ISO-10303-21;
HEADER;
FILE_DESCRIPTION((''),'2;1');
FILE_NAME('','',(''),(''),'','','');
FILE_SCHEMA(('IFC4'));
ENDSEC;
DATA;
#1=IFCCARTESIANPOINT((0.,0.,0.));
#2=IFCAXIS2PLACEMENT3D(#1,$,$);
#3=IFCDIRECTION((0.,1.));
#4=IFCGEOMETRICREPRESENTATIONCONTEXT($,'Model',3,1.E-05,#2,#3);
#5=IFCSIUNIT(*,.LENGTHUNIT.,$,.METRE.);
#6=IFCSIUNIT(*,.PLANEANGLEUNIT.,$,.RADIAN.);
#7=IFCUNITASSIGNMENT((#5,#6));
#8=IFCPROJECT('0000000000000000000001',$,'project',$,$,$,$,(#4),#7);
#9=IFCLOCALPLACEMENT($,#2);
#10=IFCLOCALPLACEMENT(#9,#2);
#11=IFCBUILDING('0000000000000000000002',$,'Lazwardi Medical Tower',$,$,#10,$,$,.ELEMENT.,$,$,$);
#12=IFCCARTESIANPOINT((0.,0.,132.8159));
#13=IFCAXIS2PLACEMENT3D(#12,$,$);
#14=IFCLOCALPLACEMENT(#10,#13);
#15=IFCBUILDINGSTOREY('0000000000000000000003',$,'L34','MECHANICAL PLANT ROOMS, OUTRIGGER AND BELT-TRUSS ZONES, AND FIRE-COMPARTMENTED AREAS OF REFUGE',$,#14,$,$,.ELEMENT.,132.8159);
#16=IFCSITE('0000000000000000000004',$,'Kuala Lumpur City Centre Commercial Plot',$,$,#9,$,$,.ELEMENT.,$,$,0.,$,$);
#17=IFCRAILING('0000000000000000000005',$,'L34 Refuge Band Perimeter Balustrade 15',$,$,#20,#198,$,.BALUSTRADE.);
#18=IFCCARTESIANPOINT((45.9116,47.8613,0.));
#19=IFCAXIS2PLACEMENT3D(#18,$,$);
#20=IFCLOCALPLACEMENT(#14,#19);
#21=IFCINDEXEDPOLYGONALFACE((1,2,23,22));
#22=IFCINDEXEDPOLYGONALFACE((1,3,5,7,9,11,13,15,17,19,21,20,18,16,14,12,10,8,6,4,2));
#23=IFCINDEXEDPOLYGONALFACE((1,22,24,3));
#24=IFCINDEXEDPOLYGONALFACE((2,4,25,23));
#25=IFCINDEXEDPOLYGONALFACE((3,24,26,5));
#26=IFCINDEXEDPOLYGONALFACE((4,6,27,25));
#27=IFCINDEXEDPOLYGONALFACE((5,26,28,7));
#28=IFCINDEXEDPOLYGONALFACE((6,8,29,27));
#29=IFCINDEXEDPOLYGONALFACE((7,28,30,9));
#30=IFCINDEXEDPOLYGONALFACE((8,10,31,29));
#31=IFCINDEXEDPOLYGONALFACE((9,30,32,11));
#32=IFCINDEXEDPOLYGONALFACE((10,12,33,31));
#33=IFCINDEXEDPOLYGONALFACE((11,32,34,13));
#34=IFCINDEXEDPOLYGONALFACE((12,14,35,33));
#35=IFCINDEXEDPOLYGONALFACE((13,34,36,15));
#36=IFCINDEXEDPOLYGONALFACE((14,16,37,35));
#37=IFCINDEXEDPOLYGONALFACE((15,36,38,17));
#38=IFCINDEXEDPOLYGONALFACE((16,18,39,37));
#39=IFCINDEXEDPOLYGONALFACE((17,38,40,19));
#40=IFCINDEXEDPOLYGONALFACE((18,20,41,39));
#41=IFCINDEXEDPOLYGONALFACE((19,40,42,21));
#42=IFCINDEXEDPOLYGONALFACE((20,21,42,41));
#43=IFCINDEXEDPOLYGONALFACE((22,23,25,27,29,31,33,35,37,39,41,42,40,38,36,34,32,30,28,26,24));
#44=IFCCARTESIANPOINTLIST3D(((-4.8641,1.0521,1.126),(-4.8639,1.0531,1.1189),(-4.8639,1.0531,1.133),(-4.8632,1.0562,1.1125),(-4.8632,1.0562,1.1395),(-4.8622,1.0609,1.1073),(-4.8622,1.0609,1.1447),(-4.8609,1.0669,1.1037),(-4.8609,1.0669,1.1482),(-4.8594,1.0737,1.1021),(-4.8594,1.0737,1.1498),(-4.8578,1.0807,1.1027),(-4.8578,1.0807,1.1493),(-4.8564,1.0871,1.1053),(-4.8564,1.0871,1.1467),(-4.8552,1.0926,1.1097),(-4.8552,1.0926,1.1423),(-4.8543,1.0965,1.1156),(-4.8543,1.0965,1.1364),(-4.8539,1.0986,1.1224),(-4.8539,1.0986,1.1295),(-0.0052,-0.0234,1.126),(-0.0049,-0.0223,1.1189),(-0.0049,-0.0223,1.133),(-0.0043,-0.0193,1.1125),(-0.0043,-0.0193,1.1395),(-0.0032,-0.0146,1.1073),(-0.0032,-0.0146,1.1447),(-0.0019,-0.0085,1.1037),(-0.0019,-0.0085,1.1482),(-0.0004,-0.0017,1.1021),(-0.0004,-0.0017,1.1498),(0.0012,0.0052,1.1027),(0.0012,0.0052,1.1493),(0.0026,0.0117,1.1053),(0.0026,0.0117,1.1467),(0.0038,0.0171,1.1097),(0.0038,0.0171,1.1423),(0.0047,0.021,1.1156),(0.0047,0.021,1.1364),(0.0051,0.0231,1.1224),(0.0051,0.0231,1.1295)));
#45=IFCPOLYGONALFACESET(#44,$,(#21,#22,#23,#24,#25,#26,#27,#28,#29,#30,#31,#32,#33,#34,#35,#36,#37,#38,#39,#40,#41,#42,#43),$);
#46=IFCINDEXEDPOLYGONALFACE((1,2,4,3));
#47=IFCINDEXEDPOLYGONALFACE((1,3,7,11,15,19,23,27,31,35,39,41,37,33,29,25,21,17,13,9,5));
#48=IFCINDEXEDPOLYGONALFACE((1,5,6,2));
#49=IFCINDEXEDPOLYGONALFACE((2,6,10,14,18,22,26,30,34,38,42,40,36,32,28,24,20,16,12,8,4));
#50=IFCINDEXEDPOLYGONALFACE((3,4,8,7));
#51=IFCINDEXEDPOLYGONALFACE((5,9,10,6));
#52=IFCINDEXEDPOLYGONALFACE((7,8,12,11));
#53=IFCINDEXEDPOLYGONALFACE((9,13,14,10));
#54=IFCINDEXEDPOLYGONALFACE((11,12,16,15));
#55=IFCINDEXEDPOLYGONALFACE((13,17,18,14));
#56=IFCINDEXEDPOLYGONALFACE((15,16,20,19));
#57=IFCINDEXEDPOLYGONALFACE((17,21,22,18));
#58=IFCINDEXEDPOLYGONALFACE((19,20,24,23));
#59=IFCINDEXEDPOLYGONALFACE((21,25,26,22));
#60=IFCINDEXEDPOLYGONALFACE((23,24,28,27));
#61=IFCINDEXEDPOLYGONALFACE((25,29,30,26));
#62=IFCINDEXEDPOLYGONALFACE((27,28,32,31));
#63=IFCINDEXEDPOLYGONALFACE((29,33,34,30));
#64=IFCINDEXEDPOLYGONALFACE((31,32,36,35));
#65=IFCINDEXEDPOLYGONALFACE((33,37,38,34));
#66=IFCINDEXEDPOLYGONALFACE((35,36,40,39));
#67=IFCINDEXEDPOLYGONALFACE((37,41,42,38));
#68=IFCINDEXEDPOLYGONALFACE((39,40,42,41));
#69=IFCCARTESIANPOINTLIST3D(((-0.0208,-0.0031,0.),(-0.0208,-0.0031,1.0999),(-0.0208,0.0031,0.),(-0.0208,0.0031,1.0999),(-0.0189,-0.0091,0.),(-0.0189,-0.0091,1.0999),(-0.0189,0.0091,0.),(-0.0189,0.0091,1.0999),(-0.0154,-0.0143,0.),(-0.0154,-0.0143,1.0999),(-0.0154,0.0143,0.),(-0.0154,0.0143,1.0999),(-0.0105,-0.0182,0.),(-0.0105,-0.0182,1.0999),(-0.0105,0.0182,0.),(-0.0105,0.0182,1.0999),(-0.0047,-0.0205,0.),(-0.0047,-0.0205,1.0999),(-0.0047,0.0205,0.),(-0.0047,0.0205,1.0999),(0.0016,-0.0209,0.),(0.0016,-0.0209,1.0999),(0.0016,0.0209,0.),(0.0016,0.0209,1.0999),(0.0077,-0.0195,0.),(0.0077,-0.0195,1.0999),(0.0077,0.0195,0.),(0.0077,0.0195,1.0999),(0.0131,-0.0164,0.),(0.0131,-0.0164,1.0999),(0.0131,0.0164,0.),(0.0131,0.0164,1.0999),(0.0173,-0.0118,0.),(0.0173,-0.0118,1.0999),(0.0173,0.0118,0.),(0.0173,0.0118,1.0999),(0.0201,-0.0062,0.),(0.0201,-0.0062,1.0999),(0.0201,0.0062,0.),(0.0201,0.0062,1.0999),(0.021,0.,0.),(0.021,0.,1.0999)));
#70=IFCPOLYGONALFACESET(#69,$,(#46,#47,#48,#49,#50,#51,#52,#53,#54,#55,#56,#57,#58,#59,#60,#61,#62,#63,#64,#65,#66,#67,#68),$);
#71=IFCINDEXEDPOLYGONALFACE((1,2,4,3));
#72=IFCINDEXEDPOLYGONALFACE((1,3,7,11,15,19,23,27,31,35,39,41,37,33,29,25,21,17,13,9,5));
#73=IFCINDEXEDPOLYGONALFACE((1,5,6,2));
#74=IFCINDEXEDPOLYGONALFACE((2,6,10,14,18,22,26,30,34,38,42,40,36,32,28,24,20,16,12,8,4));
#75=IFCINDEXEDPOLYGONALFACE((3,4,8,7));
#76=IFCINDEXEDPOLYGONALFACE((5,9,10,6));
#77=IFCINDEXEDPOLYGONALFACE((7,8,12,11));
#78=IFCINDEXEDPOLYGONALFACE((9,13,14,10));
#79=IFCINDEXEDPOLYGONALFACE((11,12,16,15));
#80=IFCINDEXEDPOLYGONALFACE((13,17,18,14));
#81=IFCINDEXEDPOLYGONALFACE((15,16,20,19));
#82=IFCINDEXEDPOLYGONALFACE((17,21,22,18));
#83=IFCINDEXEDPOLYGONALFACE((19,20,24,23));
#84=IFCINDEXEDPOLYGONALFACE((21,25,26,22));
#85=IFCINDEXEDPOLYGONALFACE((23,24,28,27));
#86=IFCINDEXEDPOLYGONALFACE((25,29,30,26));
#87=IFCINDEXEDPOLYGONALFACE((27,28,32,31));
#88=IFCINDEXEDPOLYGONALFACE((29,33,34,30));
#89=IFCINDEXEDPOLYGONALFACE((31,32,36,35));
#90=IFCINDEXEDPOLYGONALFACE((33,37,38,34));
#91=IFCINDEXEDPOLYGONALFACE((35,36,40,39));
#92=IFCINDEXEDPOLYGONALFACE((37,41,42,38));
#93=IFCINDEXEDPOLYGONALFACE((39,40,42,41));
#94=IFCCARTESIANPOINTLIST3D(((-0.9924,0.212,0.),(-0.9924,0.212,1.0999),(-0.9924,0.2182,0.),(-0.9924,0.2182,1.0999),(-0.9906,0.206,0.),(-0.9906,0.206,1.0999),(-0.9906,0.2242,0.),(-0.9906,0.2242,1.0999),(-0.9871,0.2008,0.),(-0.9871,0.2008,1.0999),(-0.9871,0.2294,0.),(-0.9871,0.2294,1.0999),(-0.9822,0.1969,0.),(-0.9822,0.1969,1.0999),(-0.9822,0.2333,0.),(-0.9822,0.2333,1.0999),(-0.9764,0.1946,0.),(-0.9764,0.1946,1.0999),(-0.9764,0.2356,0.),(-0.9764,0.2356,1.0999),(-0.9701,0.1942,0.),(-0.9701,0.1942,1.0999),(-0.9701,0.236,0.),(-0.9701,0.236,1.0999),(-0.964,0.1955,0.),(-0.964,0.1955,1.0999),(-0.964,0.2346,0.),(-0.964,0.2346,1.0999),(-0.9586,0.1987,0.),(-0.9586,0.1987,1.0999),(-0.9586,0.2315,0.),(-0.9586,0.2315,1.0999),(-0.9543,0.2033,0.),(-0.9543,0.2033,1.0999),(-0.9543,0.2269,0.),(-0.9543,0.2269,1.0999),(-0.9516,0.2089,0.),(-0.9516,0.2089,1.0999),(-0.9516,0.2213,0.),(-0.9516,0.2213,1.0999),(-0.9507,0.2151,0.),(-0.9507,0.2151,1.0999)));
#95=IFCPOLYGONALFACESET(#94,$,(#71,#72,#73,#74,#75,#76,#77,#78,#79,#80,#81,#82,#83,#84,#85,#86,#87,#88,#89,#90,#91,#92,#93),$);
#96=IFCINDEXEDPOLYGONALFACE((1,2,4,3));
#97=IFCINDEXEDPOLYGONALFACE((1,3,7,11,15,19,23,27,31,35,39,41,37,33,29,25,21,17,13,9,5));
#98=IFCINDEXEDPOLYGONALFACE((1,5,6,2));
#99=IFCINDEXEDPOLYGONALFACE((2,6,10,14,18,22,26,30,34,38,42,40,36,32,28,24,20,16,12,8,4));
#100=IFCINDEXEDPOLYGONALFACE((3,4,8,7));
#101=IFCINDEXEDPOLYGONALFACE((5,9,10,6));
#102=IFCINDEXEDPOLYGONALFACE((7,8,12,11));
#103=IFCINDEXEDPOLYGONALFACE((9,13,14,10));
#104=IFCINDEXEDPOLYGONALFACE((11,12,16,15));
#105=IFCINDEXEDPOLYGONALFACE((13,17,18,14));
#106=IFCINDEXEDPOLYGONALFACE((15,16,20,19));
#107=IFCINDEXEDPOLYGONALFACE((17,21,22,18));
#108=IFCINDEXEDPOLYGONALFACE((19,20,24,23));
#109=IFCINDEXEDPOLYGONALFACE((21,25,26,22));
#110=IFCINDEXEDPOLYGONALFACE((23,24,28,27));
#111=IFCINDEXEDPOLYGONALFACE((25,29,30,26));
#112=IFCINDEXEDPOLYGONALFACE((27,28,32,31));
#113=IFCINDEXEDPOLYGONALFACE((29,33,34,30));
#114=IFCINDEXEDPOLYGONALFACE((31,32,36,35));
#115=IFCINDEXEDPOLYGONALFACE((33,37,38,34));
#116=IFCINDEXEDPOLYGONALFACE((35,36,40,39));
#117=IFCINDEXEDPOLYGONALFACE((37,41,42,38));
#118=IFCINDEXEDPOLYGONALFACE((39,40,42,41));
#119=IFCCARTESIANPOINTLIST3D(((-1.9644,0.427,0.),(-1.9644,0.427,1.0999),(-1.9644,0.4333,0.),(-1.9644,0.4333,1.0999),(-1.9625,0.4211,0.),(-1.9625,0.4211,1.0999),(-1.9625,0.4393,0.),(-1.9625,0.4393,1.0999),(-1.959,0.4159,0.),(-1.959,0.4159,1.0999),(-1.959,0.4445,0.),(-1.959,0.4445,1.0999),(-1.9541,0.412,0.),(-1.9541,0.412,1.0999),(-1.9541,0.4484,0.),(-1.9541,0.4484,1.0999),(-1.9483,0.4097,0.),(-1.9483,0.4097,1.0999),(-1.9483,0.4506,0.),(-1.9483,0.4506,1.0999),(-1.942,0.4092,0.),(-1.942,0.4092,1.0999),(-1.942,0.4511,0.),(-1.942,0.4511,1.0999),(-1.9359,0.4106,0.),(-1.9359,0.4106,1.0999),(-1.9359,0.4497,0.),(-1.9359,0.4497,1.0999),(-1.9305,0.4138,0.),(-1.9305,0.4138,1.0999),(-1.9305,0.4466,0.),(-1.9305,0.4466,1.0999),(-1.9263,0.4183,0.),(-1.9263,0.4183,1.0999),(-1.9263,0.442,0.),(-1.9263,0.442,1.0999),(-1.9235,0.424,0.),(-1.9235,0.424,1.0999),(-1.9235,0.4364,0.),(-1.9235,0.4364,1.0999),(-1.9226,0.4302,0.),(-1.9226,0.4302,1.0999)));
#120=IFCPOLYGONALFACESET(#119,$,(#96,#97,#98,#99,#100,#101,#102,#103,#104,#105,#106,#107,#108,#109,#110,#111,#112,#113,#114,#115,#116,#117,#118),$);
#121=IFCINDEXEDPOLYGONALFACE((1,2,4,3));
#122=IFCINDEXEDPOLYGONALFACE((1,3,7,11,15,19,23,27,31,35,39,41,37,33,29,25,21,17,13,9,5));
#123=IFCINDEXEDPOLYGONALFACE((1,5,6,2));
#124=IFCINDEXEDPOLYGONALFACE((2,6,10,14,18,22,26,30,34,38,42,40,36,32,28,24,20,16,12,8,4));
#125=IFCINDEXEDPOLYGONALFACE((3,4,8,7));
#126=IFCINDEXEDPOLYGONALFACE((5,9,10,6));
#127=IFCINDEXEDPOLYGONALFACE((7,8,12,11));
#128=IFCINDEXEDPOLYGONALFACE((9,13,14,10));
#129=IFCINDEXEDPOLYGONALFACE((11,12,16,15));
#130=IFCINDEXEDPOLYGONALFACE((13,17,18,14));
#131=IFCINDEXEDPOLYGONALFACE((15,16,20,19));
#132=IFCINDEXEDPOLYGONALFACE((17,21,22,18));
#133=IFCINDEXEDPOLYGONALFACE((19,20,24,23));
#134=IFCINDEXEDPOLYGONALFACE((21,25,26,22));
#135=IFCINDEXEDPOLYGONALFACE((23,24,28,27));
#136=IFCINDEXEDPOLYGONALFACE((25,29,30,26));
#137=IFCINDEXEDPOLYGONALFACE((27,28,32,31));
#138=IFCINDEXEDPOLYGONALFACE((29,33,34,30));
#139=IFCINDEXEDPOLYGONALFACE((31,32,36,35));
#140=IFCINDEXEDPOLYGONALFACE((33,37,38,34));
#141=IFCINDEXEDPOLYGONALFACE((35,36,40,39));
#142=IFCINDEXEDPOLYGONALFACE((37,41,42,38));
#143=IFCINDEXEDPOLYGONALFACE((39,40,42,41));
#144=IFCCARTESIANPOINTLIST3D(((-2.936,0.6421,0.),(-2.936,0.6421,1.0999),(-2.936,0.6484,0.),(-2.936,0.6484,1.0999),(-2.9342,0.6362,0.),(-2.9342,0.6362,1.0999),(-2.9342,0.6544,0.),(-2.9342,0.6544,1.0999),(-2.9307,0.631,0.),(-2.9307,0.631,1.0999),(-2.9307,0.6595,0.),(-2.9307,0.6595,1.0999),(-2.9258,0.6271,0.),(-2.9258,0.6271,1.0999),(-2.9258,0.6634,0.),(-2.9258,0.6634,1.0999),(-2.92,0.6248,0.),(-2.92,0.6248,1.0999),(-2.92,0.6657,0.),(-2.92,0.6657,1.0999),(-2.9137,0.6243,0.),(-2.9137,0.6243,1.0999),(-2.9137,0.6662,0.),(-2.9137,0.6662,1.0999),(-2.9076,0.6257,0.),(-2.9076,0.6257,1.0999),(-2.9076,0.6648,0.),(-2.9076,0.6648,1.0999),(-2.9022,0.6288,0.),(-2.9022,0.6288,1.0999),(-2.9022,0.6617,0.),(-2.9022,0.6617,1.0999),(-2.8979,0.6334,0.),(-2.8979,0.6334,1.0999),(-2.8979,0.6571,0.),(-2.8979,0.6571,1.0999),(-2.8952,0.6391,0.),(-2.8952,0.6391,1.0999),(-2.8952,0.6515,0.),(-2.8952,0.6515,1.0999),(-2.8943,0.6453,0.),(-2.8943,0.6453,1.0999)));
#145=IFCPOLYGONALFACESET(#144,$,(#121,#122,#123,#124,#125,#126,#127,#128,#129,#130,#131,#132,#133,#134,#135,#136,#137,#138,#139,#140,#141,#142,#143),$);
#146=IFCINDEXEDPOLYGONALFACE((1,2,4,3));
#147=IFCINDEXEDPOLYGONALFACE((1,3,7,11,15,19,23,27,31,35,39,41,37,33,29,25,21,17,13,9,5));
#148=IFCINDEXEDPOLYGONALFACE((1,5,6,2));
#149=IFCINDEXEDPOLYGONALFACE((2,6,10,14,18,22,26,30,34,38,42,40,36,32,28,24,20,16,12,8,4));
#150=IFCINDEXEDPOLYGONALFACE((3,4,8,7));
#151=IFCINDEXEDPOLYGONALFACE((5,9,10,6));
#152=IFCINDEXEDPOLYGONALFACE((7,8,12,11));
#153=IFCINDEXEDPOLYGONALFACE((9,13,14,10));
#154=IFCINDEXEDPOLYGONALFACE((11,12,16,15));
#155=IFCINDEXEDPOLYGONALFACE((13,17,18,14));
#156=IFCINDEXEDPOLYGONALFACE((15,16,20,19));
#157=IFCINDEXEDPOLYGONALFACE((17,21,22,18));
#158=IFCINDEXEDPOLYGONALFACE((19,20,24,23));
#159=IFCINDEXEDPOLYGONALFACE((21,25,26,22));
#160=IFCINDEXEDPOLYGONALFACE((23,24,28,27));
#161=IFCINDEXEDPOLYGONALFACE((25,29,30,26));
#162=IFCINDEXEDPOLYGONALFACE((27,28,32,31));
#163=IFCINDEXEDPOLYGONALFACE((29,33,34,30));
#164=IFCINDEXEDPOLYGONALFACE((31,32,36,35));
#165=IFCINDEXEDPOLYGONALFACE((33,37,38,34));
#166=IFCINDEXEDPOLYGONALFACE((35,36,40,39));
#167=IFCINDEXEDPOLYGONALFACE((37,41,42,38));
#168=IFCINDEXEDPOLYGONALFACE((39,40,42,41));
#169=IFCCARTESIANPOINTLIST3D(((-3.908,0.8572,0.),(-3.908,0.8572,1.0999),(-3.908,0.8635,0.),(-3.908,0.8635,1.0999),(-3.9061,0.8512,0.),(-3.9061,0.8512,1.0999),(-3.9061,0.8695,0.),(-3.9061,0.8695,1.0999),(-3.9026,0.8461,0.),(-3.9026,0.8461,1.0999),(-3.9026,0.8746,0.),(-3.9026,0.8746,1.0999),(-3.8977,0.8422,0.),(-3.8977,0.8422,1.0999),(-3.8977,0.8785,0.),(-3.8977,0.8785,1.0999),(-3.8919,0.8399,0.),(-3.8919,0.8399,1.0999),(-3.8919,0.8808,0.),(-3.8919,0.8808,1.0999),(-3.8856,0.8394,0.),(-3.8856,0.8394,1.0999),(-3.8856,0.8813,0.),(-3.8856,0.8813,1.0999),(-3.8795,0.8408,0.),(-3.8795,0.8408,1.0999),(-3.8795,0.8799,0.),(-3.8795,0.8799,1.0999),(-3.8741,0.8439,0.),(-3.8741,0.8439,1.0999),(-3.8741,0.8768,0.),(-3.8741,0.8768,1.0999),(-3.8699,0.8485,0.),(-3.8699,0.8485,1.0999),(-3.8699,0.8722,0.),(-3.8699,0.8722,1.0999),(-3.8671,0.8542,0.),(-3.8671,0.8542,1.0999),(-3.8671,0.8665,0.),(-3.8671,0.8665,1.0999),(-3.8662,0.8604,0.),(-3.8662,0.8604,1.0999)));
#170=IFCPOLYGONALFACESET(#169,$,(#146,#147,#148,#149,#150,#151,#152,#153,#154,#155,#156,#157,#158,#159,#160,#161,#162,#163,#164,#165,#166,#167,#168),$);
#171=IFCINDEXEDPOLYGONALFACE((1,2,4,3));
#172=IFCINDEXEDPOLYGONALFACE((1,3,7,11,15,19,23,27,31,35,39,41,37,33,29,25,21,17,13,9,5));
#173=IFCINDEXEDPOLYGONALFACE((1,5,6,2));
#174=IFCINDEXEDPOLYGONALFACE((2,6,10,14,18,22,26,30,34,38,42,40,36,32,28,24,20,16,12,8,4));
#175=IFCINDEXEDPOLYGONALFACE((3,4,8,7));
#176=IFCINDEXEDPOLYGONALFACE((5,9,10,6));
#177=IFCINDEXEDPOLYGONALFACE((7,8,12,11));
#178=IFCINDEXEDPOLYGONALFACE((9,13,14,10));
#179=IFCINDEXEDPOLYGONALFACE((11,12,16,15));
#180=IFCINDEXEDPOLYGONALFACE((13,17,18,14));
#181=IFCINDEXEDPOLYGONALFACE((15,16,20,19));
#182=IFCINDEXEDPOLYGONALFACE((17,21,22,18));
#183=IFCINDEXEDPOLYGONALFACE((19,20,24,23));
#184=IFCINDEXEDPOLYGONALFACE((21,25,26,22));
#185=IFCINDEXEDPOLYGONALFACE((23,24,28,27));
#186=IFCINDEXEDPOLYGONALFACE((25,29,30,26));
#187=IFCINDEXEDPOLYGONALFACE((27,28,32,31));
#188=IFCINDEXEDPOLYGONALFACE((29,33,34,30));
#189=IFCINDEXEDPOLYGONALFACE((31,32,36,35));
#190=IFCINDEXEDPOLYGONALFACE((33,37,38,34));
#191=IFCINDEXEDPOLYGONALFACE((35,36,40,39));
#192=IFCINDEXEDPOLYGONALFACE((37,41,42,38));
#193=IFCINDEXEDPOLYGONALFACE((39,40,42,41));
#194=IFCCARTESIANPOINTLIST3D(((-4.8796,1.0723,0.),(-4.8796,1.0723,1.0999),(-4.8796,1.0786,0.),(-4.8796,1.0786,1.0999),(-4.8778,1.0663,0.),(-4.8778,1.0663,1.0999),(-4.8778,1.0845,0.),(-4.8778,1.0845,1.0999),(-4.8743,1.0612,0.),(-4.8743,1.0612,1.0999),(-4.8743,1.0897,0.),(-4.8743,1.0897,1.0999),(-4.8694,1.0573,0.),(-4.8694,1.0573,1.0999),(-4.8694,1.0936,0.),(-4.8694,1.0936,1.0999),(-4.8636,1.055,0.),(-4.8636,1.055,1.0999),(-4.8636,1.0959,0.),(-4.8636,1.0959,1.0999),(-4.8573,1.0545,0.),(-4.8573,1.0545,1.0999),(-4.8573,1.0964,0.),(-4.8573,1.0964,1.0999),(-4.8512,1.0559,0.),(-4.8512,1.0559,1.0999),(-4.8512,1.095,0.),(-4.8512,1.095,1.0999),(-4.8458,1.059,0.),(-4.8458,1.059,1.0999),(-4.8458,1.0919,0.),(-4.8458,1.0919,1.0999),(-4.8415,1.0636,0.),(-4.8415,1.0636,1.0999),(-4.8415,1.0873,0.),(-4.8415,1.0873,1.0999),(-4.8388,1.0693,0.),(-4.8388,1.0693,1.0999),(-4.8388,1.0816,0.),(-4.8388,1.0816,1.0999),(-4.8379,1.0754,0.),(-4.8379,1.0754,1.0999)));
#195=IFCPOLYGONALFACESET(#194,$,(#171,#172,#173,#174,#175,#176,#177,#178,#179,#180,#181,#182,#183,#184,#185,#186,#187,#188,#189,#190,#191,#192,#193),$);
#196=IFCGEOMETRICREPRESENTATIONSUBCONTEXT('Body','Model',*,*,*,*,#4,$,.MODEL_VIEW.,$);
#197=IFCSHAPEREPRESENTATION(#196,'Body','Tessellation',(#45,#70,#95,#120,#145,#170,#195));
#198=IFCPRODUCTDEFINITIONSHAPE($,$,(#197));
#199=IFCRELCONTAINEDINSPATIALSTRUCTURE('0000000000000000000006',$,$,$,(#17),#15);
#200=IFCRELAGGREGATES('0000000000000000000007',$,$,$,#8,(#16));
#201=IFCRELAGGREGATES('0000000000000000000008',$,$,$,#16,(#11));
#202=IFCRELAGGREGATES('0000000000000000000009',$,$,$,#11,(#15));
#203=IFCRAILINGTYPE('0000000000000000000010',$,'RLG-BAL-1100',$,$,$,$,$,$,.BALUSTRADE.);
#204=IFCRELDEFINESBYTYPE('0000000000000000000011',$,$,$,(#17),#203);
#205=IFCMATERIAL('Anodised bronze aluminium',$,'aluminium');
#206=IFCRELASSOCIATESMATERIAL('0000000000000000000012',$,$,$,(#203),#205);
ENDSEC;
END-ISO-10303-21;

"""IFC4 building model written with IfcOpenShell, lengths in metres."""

from ifc_helpers import new_model, si_unit, direction, frame, origin, origin_2d, place, context, subcontext, project, spatial, circle, extrude, material, type_object, element, save


model = new_model("IFC4")

# Units and contexts
model_context = context("Model", 3, precision=1e-05, world=origin(), true_north=direction((0.0, 1.0)))
body_context = subcontext(model_context, "Body", "Model", "MODEL_VIEW")
ifc_project = project(units=[si_unit("LENGTHUNIT", "METRE"), si_unit("PLANEANGLEUNIT", "RADIAN")], contexts=[model_context])

# Site, building, storey
site_placement = place(None, origin())
site = spatial("IfcSite", under=ifc_project, at=site_placement, Name="Kuala Lumpur City Centre Commercial Plot", CompositionType="ELEMENT", RefElevation=0.0)
building_placement = place(site_placement, origin())
building = spatial("IfcBuilding", under=site, at=building_placement, Name="Lazwardi Medical Tower", CompositionType="ELEMENT")
storey_placement = place(building_placement, frame((0.0, 0.0, 132.8159)))
storey = spatial("IfcBuildingStorey", under=building, at=storey_placement, Name="L34", Description="MECHANICAL PLANT ROOMS, OUTRIGGER AND BELT-TRUSS ZONES, AND FIRE-COMPARTMENTED AREAS OF REFUGE", CompositionType="ELEMENT", Elevation=132.8159)

# Railing
ifc_material_1 = material(Name="Anodised bronze aluminium", Category="aluminium")
railing_type = type_object("IfcRailingType", Name="RLG-BAL-1100", PredefinedType="BALUSTRADE", material=ifc_material_1)
railing_1_placement = place(storey_placement, frame((45.9116, 47.8613, 0.0)))
element("IfcRailing", 1, at=railing_1_placement, inside=storey, type_object=railing_type, Name="L34 Refuge Band Perimeter Balustrade 15", PredefinedType="BALUSTRADE", context=body_context, shape_type="SweptSolid", body=[
    extrude(circle(Radius=0.0239, at=origin_2d()), frame((0.0, 0.0, 1.126), z_axis=(-0.97637, 0.216104, 0.0), x_axis=(-0.216104, -0.97637, 0.0)), (0.0, 0.0, 1.0), 4.9766),
    extrude(circle(Radius=0.021, at=origin_2d()), origin(), (0.0, 0.0, 1.0), 1.0999),
    extrude(circle(Radius=0.021, at=origin_2d()), frame((-0.9717, 0.2151, 0.0)), (0.0, 0.0, 1.0), 1.0999),
    extrude(circle(Radius=0.021, at=origin_2d()), frame((-1.9436, 0.4302, 0.0)), (0.0, 0.0, 1.0), 1.0999),
    extrude(circle(Radius=0.021, at=origin_2d()), frame((-2.9153, 0.6453, 0.0)), (0.0, 0.0, 1.0), 1.0999),
    extrude(circle(Radius=0.021, at=origin_2d()), frame((-3.8872, 0.8604, 0.0)), (0.0, 0.0, 1.0), 1.0999),
    extrude(circle(Radius=0.021, at=origin_2d()), frame((-4.8589, 1.0754, 0.0)), (0.0, 0.0, 1.0), 1.0999),
])

save(model, "model.ifc")
